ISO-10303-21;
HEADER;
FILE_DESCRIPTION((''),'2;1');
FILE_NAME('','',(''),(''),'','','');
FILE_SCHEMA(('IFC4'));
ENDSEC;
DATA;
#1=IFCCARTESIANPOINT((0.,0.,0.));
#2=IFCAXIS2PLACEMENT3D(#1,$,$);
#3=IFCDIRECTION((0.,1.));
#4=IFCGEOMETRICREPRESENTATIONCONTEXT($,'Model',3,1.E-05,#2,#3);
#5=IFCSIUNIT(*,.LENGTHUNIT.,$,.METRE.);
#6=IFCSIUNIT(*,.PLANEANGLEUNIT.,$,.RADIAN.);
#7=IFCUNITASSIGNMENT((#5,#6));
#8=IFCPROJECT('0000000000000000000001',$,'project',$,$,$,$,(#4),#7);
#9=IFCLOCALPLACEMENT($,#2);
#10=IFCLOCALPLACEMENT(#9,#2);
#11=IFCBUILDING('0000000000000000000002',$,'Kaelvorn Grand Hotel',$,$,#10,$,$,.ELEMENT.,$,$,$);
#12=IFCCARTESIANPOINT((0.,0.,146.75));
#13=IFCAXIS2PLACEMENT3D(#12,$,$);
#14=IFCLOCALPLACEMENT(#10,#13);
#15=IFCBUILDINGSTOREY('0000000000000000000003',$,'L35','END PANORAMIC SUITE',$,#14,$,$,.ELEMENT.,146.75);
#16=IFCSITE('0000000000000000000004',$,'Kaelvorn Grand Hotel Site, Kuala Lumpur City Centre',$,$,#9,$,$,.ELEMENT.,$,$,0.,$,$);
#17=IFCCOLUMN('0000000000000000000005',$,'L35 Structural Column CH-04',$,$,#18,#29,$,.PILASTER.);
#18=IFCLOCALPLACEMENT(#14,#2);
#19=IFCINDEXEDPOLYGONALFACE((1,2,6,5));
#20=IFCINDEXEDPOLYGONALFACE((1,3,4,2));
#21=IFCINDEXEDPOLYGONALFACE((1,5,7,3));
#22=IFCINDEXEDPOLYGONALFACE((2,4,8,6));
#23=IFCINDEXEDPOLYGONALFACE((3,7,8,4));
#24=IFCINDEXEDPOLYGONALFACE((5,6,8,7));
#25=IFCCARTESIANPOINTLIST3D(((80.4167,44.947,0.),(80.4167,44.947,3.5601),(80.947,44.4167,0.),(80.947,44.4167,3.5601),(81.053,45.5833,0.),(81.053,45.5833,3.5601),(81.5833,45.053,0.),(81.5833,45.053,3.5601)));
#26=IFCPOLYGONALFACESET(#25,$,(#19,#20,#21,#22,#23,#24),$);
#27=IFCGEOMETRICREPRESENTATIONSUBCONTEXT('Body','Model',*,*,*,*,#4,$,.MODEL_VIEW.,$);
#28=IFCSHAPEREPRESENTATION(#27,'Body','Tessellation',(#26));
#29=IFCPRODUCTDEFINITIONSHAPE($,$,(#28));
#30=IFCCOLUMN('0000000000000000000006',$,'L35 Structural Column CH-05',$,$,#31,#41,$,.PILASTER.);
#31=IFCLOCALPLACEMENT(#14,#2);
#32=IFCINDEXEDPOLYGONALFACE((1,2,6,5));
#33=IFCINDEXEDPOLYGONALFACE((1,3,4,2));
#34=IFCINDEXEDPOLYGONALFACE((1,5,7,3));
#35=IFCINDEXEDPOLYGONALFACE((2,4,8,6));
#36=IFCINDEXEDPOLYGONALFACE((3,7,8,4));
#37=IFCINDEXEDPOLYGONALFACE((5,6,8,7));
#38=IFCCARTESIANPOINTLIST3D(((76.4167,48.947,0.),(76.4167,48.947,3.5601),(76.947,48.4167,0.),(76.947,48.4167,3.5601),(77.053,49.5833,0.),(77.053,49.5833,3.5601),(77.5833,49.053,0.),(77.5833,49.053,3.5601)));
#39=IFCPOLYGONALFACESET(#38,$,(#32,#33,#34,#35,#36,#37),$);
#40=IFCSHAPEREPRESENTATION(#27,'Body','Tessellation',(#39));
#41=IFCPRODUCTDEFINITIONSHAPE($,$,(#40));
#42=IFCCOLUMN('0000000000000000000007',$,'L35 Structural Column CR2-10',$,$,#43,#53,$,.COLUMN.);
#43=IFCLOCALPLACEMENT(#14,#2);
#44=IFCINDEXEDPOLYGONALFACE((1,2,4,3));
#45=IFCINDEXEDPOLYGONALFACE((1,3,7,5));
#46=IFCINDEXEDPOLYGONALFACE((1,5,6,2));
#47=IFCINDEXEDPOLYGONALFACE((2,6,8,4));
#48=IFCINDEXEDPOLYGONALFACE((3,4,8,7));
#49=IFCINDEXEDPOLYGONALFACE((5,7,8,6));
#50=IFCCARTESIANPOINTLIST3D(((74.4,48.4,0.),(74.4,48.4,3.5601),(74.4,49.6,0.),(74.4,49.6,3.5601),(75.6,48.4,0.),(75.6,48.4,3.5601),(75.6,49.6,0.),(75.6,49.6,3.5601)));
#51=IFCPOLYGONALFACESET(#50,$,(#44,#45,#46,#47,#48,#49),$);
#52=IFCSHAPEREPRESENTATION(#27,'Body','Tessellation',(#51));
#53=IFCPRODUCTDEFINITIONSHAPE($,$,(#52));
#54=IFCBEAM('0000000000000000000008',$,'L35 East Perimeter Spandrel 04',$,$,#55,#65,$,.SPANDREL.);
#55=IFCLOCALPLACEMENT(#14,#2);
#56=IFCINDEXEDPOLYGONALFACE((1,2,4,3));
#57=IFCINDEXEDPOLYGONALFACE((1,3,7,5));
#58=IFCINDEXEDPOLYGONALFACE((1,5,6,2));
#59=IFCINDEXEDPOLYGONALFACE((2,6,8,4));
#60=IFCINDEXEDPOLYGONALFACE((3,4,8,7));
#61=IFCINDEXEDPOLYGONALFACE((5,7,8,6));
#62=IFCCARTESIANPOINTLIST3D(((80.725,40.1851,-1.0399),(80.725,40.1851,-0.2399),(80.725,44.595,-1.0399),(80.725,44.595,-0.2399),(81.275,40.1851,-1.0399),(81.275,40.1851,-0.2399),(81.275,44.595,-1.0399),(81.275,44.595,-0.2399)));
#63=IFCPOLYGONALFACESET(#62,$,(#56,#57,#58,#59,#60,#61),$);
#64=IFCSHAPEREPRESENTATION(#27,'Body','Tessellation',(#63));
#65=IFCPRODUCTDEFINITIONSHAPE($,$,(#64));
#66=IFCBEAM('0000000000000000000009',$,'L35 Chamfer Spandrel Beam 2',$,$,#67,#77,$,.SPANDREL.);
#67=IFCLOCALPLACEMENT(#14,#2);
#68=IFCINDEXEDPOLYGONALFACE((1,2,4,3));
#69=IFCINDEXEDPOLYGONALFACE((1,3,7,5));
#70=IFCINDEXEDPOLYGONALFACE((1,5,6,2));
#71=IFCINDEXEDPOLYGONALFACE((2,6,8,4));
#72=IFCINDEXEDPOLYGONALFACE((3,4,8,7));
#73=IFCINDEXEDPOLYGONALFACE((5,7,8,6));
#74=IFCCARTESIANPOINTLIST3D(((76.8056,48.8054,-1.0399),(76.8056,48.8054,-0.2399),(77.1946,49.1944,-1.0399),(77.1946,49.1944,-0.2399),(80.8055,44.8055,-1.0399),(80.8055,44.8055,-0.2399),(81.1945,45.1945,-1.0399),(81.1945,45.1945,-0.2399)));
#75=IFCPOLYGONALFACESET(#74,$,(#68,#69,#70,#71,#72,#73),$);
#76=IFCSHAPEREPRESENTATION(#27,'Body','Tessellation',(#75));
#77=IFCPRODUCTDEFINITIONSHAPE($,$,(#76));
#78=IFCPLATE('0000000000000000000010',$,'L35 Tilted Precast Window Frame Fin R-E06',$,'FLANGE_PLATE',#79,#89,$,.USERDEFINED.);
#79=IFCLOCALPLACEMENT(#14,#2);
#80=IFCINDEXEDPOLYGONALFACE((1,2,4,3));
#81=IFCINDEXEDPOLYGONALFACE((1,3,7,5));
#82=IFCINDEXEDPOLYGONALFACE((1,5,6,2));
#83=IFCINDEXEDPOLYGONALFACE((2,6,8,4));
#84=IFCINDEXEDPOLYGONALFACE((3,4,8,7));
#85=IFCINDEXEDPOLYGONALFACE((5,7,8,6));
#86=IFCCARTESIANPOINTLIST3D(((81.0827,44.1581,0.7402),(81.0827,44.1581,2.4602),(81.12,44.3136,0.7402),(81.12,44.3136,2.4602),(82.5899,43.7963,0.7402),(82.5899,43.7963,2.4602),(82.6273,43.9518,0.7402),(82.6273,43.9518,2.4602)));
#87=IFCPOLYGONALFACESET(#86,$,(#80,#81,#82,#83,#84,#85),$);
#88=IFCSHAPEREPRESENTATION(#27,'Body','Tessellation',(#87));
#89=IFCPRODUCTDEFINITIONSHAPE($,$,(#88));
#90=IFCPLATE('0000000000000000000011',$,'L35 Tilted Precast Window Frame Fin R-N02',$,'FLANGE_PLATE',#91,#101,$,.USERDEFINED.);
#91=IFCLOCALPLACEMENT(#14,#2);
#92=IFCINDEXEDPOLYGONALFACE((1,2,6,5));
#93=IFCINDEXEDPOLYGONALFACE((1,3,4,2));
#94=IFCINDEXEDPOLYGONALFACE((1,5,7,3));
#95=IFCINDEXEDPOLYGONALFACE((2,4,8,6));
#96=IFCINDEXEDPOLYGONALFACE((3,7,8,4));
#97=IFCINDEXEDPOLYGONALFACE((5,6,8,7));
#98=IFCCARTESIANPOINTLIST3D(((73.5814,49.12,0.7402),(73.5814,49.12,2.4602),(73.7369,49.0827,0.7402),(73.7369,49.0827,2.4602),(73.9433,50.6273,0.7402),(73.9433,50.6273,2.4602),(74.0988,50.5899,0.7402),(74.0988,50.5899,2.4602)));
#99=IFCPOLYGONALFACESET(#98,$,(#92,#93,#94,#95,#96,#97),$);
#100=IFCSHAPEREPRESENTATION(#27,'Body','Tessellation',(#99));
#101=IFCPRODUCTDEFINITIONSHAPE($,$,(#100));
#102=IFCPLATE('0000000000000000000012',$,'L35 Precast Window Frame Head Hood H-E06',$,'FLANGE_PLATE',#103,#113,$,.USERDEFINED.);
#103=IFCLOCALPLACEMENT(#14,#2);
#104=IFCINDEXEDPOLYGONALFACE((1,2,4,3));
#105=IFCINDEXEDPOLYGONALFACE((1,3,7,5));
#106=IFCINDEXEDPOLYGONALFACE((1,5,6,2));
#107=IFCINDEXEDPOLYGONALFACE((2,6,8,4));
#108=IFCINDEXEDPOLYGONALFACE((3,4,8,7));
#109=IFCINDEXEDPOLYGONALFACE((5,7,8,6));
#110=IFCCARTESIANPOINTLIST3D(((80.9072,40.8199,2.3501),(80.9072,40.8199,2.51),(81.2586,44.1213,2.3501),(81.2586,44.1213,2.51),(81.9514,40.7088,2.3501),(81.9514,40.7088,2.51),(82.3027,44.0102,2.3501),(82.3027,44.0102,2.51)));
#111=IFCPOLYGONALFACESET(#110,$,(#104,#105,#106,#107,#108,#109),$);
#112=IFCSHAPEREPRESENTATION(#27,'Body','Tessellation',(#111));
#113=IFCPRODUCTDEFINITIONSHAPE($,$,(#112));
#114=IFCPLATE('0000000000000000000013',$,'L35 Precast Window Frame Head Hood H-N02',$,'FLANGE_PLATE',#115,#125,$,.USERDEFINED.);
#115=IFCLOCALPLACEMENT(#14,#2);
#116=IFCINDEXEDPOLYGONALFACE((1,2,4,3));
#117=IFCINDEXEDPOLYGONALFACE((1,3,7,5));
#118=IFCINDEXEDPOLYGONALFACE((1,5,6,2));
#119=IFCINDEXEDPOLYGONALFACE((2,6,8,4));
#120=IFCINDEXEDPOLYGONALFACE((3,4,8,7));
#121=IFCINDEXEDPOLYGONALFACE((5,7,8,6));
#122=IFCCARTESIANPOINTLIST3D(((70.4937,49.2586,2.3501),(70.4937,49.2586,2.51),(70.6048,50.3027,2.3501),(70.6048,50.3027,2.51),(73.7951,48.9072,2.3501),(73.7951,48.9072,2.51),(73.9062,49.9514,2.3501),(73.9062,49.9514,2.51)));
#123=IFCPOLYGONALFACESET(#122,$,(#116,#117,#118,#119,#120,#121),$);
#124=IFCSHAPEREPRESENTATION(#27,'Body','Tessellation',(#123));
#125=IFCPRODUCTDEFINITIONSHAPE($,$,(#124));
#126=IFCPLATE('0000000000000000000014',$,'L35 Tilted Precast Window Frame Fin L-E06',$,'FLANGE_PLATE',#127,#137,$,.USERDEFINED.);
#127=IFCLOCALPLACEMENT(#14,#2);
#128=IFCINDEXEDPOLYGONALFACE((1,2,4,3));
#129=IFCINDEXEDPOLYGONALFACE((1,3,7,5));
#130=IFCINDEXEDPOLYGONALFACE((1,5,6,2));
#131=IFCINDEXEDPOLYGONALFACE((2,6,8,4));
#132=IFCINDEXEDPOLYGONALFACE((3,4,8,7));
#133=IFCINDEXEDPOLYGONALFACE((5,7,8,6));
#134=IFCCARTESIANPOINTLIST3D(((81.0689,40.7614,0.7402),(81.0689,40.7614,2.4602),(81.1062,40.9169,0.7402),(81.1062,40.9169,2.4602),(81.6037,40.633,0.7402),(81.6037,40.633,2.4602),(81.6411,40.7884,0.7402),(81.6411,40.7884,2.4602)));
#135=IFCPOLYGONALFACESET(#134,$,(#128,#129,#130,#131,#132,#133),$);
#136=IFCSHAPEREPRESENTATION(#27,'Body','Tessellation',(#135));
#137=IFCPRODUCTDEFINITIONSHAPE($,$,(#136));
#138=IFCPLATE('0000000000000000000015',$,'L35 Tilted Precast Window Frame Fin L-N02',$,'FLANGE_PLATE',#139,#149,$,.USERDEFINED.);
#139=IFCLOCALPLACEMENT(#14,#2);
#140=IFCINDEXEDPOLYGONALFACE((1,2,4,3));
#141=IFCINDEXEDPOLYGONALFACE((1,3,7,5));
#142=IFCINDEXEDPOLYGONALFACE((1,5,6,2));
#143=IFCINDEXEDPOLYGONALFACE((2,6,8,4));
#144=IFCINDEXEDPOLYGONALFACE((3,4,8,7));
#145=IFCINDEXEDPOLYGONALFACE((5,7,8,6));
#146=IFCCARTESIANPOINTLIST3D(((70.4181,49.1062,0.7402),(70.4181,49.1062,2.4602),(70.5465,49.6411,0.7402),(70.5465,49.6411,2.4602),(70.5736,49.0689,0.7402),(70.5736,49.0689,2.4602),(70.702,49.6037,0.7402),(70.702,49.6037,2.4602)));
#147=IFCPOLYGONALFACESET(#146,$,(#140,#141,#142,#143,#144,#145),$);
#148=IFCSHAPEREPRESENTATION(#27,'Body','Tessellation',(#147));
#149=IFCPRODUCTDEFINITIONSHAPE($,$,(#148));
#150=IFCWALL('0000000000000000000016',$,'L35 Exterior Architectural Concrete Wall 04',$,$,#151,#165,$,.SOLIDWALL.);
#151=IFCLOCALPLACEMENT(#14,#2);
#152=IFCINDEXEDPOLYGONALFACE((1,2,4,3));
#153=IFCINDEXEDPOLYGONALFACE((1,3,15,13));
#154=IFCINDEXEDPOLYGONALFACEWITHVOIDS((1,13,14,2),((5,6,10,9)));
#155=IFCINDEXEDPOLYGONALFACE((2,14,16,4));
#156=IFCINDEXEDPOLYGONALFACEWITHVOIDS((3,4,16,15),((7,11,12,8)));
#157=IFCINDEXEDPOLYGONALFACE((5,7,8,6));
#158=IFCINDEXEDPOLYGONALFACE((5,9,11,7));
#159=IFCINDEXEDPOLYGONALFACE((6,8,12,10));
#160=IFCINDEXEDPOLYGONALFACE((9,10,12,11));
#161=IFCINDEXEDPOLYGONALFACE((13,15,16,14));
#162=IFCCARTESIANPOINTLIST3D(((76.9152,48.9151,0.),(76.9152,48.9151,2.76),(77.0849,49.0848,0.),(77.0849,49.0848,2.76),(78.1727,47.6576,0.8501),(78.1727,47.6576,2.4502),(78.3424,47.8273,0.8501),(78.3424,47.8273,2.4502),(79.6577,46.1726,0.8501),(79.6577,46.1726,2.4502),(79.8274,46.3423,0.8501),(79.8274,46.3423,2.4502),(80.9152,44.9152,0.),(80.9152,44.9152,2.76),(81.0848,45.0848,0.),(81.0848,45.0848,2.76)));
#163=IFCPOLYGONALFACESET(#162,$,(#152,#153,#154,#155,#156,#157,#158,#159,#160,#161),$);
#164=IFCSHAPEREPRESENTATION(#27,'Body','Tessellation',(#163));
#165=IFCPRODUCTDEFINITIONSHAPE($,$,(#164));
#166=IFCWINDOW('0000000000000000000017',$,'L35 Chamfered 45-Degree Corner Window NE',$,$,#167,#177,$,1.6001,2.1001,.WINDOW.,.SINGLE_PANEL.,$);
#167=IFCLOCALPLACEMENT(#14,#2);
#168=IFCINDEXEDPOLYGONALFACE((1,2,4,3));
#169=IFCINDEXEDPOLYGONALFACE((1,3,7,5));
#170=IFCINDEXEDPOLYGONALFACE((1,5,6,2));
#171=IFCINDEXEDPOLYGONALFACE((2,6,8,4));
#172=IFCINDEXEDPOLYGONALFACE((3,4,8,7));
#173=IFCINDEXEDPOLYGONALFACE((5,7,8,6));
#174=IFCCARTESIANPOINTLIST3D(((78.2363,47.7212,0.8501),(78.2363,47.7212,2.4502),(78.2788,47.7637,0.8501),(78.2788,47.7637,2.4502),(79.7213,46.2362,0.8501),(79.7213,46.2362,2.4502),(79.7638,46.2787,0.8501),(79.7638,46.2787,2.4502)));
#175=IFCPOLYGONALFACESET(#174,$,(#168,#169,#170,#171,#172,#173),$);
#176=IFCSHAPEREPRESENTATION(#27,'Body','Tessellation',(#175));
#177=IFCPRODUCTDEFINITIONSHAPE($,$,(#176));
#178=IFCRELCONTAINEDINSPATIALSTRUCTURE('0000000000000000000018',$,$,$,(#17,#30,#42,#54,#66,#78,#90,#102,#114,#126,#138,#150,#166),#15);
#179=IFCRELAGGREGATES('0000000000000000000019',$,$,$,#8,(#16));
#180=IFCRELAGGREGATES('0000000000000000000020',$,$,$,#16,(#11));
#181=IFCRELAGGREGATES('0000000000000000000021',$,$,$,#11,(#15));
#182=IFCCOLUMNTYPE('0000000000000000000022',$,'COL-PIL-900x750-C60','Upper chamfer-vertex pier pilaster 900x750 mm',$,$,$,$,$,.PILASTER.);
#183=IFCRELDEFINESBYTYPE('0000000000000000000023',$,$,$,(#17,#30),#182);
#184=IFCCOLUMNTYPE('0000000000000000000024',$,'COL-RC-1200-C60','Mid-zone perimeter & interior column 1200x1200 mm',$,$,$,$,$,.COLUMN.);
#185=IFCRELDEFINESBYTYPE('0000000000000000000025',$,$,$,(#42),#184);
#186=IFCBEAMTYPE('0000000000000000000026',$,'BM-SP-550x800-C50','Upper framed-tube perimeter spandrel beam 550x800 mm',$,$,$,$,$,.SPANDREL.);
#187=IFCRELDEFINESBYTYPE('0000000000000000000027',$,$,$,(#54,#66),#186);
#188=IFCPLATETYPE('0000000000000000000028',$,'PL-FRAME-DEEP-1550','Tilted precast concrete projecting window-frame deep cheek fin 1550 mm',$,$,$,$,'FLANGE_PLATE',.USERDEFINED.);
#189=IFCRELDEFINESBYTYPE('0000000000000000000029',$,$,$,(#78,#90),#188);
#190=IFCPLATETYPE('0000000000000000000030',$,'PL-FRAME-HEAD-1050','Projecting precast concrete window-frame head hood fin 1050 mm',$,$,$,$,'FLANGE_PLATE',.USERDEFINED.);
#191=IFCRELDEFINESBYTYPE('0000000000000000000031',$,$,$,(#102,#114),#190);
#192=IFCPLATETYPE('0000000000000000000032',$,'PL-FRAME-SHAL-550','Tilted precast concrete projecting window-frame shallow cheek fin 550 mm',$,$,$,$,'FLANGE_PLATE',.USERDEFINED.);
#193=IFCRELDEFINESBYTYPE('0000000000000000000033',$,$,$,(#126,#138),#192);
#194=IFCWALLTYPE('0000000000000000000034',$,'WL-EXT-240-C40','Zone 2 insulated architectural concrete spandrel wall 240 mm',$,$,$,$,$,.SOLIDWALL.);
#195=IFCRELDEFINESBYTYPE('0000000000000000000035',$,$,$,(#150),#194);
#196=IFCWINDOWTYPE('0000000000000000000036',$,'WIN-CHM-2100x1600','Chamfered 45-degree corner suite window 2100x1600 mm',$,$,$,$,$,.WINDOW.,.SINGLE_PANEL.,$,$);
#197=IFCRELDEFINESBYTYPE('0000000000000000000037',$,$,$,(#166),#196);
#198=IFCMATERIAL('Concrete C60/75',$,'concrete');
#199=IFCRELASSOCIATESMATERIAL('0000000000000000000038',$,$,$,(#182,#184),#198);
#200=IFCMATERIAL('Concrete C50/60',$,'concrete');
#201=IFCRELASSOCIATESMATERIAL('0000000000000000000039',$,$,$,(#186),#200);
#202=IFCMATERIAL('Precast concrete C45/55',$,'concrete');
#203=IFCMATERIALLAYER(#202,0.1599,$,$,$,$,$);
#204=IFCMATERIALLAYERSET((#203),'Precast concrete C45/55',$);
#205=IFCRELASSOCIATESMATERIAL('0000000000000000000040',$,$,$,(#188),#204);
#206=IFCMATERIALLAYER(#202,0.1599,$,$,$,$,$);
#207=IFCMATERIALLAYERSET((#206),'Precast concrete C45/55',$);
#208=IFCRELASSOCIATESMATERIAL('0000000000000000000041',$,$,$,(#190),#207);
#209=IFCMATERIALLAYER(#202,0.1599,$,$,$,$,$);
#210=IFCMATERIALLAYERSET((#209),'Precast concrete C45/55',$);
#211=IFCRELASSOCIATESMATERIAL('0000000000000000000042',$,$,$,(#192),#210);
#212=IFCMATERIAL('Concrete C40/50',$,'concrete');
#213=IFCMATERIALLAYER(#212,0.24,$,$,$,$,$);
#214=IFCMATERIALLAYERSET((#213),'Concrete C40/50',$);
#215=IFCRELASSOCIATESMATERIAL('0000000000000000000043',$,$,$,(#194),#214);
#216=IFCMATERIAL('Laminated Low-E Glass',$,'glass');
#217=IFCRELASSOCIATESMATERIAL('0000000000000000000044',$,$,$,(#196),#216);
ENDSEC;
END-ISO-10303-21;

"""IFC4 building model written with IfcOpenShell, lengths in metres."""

from ifc_helpers import new_model, si_unit, direction, frame, frame_2d, origin, origin_2d, place, context, subcontext, project, spatial, rectangle, extrude, material, layer, layer_set, material_profile, profile_set, type_object, element, fill, save


model = new_model("IFC4")

# Units and contexts
model_context = context("Model", 3, precision=1e-05, world=origin(), true_north=direction((0.0, 1.0)))
body_context = subcontext(model_context, "Body", "Model", "MODEL_VIEW")
ifc_project = project(units=[si_unit("LENGTHUNIT", "METRE"), si_unit("PLANEANGLEUNIT", "RADIAN")], contexts=[model_context])

# Site, building, storey
site_placement = place(None, origin())
site = spatial("IfcSite", under=ifc_project, at=site_placement, Name="Kaelvorn Grand Hotel Site, Kuala Lumpur City Centre", CompositionType="ELEMENT", RefElevation=0.0)
building_placement = place(site_placement, origin())
building = spatial("IfcBuilding", under=site, at=building_placement, Name="Kaelvorn Grand Hotel", CompositionType="ELEMENT")
storey_placement = place(building_placement, frame((0.0, 0.0, 146.75)))
storey = spatial("IfcBuildingStorey", under=building, at=storey_placement, Name="L35", Description="END PANORAMIC SUITE", CompositionType="ELEMENT", Elevation=146.75)

# Columns
ifc_material_1 = material(Name="Concrete C60/75", Category="concrete")
ifc_material_profile_1 = material_profile(ifc_material_1, rectangle(XDim=0.8999, YDim=0.75, at=origin_2d()), Name="RC PILASTER 900x750")
ifc_profile_set_1 = profile_set([ifc_material_profile_1], Name="Concrete C60/75")
column_type_1 = type_object("IfcColumnType", Name="COL-PIL-900x750-C60", Description="Upper chamfer-vertex pier pilaster 900x750 mm", PredefinedType="PILASTER", material=ifc_profile_set_1)
for number, where, z_axis, x_axis, name in (
    (1, (81.0, 45.0, 0.0), (0.0, 0.0, 1.0), (0.707107, 0.707107, 0.0), "L35 Structural Column CH-04"),
    (2, (77.0, 49.0, 0.0), (0.0, 0.0, 1.0), (0.707107, 0.707107, 0.0), "L35 Structural Column CH-05"),
):
    element("IfcColumn", number, at=place(storey_placement, frame(where, z_axis=z_axis, x_axis=x_axis)), inside=storey, type_object=column_type_1, Name=name, PredefinedType="PILASTER", context=body_context, shape_type="SweptSolid", body=[
        extrude(rectangle(XDim=0.8999, YDim=0.75, at=origin_2d()), origin(), (0.0, 0.0, 1.0), 3.5601),
    ])
ifc_material_profile_2 = material_profile(ifc_material_1, rectangle(XDim=1.2, YDim=1.2, at=origin_2d()), Name="RC COL 1200x1200")
ifc_profile_set_2 = profile_set([ifc_material_profile_2], Name="Concrete C60/75")
column_type_2 = type_object("IfcColumnType", Name="COL-RC-1200-C60", Description="Mid-zone perimeter & interior column 1200x1200 mm", PredefinedType="COLUMN", material=ifc_profile_set_2)
column_placement = place(storey_placement, frame((75.0, 49.0, 0.0), z_axis=(0.0, 0.0, 1.0), x_axis=(1.0, 0.0, 0.0)))
element("IfcColumn", 3, at=column_placement, inside=storey, type_object=column_type_2, Name="L35 Structural Column CR2-10", PredefinedType="COLUMN", context=body_context, shape_type="SweptSolid", body=[
    extrude(rectangle(XDim=1.2, YDim=1.2, at=origin_2d()), origin(), (0.0, 0.0, 1.0), 3.5601),
])

# Beams
ifc_material_2 = material(Name="Concrete C50/60", Category="concrete")
ifc_material_profile_3 = material_profile(ifc_material_2, rectangle(XDim=0.55, YDim=0.8, at=origin_2d()), Name="RC SPANDREL 550x800")
ifc_profile_set_3 = profile_set([ifc_material_profile_3], Name="Concrete C50/60")
beam_type = type_object("IfcBeamType", Name="BM-SP-550x800-C50", Description="Upper framed-tube perimeter spandrel beam 550x800 mm", PredefinedType="SPANDREL", material=ifc_profile_set_3)
beam_1_placement = place(storey_placement, frame((81.0, 40.1851, -0.6399), z_axis=(0.0, 1.0, 0.0), x_axis=(-1.0, 0.0, 0.0)))
element("IfcBeam", 4, at=beam_1_placement, inside=storey, type_object=beam_type, Name="L35 East Perimeter Spandrel 04", PredefinedType="SPANDREL", context=body_context, shape_type="SweptSolid", body=[
    extrude(rectangle(XDim=0.55, YDim=0.8, at=origin_2d()), origin(), (0.0, 0.0, 1.0), 4.4099),
])
beam_2_placement = place(storey_placement, frame((81.0, 45.0, -0.6399), z_axis=(-0.707107, 0.707107, 0.0), x_axis=(-0.707107, -0.707107, 0.0)))
element("IfcBeam", 5, at=beam_2_placement, inside=storey, type_object=beam_type, Name="L35 Chamfer Spandrel Beam 2", PredefinedType="SPANDREL", context=body_context, shape_type="SweptSolid", body=[
    extrude(rectangle(XDim=0.55, YDim=0.8, at=origin_2d()), origin(), (0.0, 0.0, 1.0), 5.6567),
])

# Plates
ifc_material_3 = material(Name="Precast concrete C45/55", Category="concrete")
ifc_layer_1 = layer(ifc_material_3, 0.1599)
ifc_layer_set_1 = layer_set([ifc_layer_1], Name="Precast concrete C45/55")
plate_type_1 = type_object("IfcPlateType", Name="PL-FRAME-DEEP-1550", Description="Tilted precast concrete projecting window-frame deep cheek fin 1550 mm", ElementType="FLANGE_PLATE", PredefinedType="USERDEFINED", material=ifc_layer_set_1)
for number, where, z_axis, x_axis, name in (
    (6, (81.855, 44.0549, 0.7402), (0.0, 0.0, 1.0), (0.233445, 0.97237, 0.0), "L35 Tilted Precast Window Frame Fin R-E06"),
    (7, (73.8401, 49.855, 0.7402), (0.0, 0.0, 1.0), (0.97237, -0.233445, 0.0), "L35 Tilted Precast Window Frame Fin R-N02"),
):
    element("IfcPlate", number, at=place(storey_placement, frame(where, z_axis=z_axis, x_axis=x_axis)), inside=storey, type_object=plate_type_1, Name=name, ObjectType="FLANGE_PLATE", PredefinedType="USERDEFINED", context=body_context, shape_type="SweptSolid", body=[
        extrude(rectangle(XDim=0.1599, YDim=1.55, at=origin_2d()), origin(), (0.0, 0.0, 1.0), 1.72),
    ])
ifc_layer_2 = layer(ifc_material_3, 0.1599)
ifc_layer_set_2 = layer_set([ifc_layer_2], Name="Precast concrete C45/55")
plate_type_2 = type_object("IfcPlateType", Name="PL-FRAME-HEAD-1050", Description="Projecting precast concrete window-frame head hood fin 1050 mm", ElementType="FLANGE_PLATE", PredefinedType="USERDEFINED", material=ifc_layer_set_2)
for number, where, z_axis, x_axis, name in (
    (8, (81.605, 42.415, 2.3501), (0.0, 0.0, 1.0), (0.10583, 0.994384, 0.0), "L35 Precast Window Frame Head Hood H-E06"),
    (9, (72.2, 49.605, 2.3501), (0.0, 0.0, 1.0), (0.994384, -0.10583, 0.0), "L35 Precast Window Frame Head Hood H-N02"),
):
    element("IfcPlate", number, at=place(storey_placement, frame(where, z_axis=z_axis, x_axis=x_axis)), inside=storey, type_object=plate_type_2, Name=name, ObjectType="FLANGE_PLATE", PredefinedType="USERDEFINED", context=body_context, shape_type="SweptSolid", body=[
        extrude(rectangle(XDim=3.3201, YDim=1.05, at=origin_2d()), origin(), (0.0, 0.0, 1.0), 0.1599),
    ])
ifc_layer_3 = layer(ifc_material_3, 0.1599)
ifc_layer_set_3 = layer_set([ifc_layer_3], Name="Precast concrete C45/55")
plate_type_3 = type_object("IfcPlateType", Name="PL-FRAME-SHAL-550", Description="Tilted precast concrete projecting window-frame shallow cheek fin 550 mm", ElementType="FLANGE_PLATE", PredefinedType="USERDEFINED", material=ifc_layer_set_3)
for number, where, z_axis, x_axis, name in (
    (10, (81.355, 40.7749, 0.7402), (0.0, 0.0, 1.0), (0.233445, 0.97237, 0.0), "L35 Tilted Precast Window Frame Fin L-E06"),
    (11, (70.5601, 49.355, 0.7402), (0.0, 0.0, 1.0), (0.97237, -0.233445, 0.0), "L35 Tilted Precast Window Frame Fin L-N02"),
):
    element("IfcPlate", number, at=place(storey_placement, frame(where, z_axis=z_axis, x_axis=x_axis)), inside=storey, type_object=plate_type_3, Name=name, ObjectType="FLANGE_PLATE", PredefinedType="USERDEFINED", context=body_context, shape_type="SweptSolid", body=[
        extrude(rectangle(XDim=0.1599, YDim=0.55, at=origin_2d()), origin(), (0.0, 0.0, 1.0), 1.72),
    ])

# Wall, opening, window
ifc_material_4 = material(Name="Concrete C40/50", Category="concrete")
ifc_layer_4 = layer(ifc_material_4, 0.24)
ifc_layer_set_4 = layer_set([ifc_layer_4], Name="Concrete C40/50")
wall_type = type_object("IfcWallType", Name="WL-EXT-240-C40", Description="Zone 2 insulated architectural concrete spandrel wall 240 mm", PredefinedType="SOLIDWALL", material=ifc_layer_set_4)
wall_1_placement = place(storey_placement, frame((81.0, 45.0, 0.0), z_axis=(0.0, 0.0, 1.0), x_axis=(-0.707107, 0.707107, 0.0)))
wall_1 = element("IfcWall", 12, at=wall_1_placement, inside=storey, type_object=wall_type, Name="L35 Exterior Architectural Concrete Wall 04", PredefinedType="SOLIDWALL", context=body_context, shape_type="SweptSolid", body=[
    extrude(rectangle(XDim=5.6567, YDim=0.24, at=frame_2d((2.8284, 0.0))), origin(), (0.0, 0.0, 1.0), 2.76),
])
opening_1_placement = place(wall_1_placement, frame((1.7783, 0.0, 0.8501)))
opening_1 = element("IfcOpeningElement", 13, at=opening_1_placement, cuts=wall_1, PredefinedType="OPENING", context=body_context, shape_type="SweptSolid", body=[
    extrude(rectangle(XDim=2.1001, YDim=1.6001, at=frame_2d((1.05, 0.8))), frame((0.0, 0.1299, 0.0), z_axis=(0.0, -1.0, 0.0), x_axis=(1.0, 0.0, 0.0)), (0.0, 0.0, 1.0), 0.26),
])
ifc_material_5 = material(Name="Laminated Low-E Glass", Category="glass")
window_type_1 = type_object("IfcWindowType", Name="WIN-CHM-2100x1600", Description="Chamfered 45-degree corner suite window 2100x1600 mm", PartitioningType="SINGLE_PANEL", PredefinedType="WINDOW", material=ifc_material_5)
window_1_placement = place(opening_1_placement, origin())
window_1 = element("IfcWindow", 14, at=window_1_placement, inside=storey, type_object=window_type_1, Name="L35 Chamfered 45-Degree Corner Window NE", OverallHeight=1.6001, OverallWidth=2.1001, PartitioningType="SINGLE_PANEL", PredefinedType="WINDOW", context=body_context, shape_type="SweptSolid", body=[
    extrude(rectangle(XDim=2.1001, YDim=1.6001, at=frame_2d((1.05, 0.8))), frame((0.0, 0.03, 0.0), z_axis=(0.0, -1.0, 0.0), x_axis=(1.0, 0.0, 0.0)), (0.0, 0.0, 1.0), 0.0601),
])
fill(opening_1, window_1)

save(model, "model.ifc")
